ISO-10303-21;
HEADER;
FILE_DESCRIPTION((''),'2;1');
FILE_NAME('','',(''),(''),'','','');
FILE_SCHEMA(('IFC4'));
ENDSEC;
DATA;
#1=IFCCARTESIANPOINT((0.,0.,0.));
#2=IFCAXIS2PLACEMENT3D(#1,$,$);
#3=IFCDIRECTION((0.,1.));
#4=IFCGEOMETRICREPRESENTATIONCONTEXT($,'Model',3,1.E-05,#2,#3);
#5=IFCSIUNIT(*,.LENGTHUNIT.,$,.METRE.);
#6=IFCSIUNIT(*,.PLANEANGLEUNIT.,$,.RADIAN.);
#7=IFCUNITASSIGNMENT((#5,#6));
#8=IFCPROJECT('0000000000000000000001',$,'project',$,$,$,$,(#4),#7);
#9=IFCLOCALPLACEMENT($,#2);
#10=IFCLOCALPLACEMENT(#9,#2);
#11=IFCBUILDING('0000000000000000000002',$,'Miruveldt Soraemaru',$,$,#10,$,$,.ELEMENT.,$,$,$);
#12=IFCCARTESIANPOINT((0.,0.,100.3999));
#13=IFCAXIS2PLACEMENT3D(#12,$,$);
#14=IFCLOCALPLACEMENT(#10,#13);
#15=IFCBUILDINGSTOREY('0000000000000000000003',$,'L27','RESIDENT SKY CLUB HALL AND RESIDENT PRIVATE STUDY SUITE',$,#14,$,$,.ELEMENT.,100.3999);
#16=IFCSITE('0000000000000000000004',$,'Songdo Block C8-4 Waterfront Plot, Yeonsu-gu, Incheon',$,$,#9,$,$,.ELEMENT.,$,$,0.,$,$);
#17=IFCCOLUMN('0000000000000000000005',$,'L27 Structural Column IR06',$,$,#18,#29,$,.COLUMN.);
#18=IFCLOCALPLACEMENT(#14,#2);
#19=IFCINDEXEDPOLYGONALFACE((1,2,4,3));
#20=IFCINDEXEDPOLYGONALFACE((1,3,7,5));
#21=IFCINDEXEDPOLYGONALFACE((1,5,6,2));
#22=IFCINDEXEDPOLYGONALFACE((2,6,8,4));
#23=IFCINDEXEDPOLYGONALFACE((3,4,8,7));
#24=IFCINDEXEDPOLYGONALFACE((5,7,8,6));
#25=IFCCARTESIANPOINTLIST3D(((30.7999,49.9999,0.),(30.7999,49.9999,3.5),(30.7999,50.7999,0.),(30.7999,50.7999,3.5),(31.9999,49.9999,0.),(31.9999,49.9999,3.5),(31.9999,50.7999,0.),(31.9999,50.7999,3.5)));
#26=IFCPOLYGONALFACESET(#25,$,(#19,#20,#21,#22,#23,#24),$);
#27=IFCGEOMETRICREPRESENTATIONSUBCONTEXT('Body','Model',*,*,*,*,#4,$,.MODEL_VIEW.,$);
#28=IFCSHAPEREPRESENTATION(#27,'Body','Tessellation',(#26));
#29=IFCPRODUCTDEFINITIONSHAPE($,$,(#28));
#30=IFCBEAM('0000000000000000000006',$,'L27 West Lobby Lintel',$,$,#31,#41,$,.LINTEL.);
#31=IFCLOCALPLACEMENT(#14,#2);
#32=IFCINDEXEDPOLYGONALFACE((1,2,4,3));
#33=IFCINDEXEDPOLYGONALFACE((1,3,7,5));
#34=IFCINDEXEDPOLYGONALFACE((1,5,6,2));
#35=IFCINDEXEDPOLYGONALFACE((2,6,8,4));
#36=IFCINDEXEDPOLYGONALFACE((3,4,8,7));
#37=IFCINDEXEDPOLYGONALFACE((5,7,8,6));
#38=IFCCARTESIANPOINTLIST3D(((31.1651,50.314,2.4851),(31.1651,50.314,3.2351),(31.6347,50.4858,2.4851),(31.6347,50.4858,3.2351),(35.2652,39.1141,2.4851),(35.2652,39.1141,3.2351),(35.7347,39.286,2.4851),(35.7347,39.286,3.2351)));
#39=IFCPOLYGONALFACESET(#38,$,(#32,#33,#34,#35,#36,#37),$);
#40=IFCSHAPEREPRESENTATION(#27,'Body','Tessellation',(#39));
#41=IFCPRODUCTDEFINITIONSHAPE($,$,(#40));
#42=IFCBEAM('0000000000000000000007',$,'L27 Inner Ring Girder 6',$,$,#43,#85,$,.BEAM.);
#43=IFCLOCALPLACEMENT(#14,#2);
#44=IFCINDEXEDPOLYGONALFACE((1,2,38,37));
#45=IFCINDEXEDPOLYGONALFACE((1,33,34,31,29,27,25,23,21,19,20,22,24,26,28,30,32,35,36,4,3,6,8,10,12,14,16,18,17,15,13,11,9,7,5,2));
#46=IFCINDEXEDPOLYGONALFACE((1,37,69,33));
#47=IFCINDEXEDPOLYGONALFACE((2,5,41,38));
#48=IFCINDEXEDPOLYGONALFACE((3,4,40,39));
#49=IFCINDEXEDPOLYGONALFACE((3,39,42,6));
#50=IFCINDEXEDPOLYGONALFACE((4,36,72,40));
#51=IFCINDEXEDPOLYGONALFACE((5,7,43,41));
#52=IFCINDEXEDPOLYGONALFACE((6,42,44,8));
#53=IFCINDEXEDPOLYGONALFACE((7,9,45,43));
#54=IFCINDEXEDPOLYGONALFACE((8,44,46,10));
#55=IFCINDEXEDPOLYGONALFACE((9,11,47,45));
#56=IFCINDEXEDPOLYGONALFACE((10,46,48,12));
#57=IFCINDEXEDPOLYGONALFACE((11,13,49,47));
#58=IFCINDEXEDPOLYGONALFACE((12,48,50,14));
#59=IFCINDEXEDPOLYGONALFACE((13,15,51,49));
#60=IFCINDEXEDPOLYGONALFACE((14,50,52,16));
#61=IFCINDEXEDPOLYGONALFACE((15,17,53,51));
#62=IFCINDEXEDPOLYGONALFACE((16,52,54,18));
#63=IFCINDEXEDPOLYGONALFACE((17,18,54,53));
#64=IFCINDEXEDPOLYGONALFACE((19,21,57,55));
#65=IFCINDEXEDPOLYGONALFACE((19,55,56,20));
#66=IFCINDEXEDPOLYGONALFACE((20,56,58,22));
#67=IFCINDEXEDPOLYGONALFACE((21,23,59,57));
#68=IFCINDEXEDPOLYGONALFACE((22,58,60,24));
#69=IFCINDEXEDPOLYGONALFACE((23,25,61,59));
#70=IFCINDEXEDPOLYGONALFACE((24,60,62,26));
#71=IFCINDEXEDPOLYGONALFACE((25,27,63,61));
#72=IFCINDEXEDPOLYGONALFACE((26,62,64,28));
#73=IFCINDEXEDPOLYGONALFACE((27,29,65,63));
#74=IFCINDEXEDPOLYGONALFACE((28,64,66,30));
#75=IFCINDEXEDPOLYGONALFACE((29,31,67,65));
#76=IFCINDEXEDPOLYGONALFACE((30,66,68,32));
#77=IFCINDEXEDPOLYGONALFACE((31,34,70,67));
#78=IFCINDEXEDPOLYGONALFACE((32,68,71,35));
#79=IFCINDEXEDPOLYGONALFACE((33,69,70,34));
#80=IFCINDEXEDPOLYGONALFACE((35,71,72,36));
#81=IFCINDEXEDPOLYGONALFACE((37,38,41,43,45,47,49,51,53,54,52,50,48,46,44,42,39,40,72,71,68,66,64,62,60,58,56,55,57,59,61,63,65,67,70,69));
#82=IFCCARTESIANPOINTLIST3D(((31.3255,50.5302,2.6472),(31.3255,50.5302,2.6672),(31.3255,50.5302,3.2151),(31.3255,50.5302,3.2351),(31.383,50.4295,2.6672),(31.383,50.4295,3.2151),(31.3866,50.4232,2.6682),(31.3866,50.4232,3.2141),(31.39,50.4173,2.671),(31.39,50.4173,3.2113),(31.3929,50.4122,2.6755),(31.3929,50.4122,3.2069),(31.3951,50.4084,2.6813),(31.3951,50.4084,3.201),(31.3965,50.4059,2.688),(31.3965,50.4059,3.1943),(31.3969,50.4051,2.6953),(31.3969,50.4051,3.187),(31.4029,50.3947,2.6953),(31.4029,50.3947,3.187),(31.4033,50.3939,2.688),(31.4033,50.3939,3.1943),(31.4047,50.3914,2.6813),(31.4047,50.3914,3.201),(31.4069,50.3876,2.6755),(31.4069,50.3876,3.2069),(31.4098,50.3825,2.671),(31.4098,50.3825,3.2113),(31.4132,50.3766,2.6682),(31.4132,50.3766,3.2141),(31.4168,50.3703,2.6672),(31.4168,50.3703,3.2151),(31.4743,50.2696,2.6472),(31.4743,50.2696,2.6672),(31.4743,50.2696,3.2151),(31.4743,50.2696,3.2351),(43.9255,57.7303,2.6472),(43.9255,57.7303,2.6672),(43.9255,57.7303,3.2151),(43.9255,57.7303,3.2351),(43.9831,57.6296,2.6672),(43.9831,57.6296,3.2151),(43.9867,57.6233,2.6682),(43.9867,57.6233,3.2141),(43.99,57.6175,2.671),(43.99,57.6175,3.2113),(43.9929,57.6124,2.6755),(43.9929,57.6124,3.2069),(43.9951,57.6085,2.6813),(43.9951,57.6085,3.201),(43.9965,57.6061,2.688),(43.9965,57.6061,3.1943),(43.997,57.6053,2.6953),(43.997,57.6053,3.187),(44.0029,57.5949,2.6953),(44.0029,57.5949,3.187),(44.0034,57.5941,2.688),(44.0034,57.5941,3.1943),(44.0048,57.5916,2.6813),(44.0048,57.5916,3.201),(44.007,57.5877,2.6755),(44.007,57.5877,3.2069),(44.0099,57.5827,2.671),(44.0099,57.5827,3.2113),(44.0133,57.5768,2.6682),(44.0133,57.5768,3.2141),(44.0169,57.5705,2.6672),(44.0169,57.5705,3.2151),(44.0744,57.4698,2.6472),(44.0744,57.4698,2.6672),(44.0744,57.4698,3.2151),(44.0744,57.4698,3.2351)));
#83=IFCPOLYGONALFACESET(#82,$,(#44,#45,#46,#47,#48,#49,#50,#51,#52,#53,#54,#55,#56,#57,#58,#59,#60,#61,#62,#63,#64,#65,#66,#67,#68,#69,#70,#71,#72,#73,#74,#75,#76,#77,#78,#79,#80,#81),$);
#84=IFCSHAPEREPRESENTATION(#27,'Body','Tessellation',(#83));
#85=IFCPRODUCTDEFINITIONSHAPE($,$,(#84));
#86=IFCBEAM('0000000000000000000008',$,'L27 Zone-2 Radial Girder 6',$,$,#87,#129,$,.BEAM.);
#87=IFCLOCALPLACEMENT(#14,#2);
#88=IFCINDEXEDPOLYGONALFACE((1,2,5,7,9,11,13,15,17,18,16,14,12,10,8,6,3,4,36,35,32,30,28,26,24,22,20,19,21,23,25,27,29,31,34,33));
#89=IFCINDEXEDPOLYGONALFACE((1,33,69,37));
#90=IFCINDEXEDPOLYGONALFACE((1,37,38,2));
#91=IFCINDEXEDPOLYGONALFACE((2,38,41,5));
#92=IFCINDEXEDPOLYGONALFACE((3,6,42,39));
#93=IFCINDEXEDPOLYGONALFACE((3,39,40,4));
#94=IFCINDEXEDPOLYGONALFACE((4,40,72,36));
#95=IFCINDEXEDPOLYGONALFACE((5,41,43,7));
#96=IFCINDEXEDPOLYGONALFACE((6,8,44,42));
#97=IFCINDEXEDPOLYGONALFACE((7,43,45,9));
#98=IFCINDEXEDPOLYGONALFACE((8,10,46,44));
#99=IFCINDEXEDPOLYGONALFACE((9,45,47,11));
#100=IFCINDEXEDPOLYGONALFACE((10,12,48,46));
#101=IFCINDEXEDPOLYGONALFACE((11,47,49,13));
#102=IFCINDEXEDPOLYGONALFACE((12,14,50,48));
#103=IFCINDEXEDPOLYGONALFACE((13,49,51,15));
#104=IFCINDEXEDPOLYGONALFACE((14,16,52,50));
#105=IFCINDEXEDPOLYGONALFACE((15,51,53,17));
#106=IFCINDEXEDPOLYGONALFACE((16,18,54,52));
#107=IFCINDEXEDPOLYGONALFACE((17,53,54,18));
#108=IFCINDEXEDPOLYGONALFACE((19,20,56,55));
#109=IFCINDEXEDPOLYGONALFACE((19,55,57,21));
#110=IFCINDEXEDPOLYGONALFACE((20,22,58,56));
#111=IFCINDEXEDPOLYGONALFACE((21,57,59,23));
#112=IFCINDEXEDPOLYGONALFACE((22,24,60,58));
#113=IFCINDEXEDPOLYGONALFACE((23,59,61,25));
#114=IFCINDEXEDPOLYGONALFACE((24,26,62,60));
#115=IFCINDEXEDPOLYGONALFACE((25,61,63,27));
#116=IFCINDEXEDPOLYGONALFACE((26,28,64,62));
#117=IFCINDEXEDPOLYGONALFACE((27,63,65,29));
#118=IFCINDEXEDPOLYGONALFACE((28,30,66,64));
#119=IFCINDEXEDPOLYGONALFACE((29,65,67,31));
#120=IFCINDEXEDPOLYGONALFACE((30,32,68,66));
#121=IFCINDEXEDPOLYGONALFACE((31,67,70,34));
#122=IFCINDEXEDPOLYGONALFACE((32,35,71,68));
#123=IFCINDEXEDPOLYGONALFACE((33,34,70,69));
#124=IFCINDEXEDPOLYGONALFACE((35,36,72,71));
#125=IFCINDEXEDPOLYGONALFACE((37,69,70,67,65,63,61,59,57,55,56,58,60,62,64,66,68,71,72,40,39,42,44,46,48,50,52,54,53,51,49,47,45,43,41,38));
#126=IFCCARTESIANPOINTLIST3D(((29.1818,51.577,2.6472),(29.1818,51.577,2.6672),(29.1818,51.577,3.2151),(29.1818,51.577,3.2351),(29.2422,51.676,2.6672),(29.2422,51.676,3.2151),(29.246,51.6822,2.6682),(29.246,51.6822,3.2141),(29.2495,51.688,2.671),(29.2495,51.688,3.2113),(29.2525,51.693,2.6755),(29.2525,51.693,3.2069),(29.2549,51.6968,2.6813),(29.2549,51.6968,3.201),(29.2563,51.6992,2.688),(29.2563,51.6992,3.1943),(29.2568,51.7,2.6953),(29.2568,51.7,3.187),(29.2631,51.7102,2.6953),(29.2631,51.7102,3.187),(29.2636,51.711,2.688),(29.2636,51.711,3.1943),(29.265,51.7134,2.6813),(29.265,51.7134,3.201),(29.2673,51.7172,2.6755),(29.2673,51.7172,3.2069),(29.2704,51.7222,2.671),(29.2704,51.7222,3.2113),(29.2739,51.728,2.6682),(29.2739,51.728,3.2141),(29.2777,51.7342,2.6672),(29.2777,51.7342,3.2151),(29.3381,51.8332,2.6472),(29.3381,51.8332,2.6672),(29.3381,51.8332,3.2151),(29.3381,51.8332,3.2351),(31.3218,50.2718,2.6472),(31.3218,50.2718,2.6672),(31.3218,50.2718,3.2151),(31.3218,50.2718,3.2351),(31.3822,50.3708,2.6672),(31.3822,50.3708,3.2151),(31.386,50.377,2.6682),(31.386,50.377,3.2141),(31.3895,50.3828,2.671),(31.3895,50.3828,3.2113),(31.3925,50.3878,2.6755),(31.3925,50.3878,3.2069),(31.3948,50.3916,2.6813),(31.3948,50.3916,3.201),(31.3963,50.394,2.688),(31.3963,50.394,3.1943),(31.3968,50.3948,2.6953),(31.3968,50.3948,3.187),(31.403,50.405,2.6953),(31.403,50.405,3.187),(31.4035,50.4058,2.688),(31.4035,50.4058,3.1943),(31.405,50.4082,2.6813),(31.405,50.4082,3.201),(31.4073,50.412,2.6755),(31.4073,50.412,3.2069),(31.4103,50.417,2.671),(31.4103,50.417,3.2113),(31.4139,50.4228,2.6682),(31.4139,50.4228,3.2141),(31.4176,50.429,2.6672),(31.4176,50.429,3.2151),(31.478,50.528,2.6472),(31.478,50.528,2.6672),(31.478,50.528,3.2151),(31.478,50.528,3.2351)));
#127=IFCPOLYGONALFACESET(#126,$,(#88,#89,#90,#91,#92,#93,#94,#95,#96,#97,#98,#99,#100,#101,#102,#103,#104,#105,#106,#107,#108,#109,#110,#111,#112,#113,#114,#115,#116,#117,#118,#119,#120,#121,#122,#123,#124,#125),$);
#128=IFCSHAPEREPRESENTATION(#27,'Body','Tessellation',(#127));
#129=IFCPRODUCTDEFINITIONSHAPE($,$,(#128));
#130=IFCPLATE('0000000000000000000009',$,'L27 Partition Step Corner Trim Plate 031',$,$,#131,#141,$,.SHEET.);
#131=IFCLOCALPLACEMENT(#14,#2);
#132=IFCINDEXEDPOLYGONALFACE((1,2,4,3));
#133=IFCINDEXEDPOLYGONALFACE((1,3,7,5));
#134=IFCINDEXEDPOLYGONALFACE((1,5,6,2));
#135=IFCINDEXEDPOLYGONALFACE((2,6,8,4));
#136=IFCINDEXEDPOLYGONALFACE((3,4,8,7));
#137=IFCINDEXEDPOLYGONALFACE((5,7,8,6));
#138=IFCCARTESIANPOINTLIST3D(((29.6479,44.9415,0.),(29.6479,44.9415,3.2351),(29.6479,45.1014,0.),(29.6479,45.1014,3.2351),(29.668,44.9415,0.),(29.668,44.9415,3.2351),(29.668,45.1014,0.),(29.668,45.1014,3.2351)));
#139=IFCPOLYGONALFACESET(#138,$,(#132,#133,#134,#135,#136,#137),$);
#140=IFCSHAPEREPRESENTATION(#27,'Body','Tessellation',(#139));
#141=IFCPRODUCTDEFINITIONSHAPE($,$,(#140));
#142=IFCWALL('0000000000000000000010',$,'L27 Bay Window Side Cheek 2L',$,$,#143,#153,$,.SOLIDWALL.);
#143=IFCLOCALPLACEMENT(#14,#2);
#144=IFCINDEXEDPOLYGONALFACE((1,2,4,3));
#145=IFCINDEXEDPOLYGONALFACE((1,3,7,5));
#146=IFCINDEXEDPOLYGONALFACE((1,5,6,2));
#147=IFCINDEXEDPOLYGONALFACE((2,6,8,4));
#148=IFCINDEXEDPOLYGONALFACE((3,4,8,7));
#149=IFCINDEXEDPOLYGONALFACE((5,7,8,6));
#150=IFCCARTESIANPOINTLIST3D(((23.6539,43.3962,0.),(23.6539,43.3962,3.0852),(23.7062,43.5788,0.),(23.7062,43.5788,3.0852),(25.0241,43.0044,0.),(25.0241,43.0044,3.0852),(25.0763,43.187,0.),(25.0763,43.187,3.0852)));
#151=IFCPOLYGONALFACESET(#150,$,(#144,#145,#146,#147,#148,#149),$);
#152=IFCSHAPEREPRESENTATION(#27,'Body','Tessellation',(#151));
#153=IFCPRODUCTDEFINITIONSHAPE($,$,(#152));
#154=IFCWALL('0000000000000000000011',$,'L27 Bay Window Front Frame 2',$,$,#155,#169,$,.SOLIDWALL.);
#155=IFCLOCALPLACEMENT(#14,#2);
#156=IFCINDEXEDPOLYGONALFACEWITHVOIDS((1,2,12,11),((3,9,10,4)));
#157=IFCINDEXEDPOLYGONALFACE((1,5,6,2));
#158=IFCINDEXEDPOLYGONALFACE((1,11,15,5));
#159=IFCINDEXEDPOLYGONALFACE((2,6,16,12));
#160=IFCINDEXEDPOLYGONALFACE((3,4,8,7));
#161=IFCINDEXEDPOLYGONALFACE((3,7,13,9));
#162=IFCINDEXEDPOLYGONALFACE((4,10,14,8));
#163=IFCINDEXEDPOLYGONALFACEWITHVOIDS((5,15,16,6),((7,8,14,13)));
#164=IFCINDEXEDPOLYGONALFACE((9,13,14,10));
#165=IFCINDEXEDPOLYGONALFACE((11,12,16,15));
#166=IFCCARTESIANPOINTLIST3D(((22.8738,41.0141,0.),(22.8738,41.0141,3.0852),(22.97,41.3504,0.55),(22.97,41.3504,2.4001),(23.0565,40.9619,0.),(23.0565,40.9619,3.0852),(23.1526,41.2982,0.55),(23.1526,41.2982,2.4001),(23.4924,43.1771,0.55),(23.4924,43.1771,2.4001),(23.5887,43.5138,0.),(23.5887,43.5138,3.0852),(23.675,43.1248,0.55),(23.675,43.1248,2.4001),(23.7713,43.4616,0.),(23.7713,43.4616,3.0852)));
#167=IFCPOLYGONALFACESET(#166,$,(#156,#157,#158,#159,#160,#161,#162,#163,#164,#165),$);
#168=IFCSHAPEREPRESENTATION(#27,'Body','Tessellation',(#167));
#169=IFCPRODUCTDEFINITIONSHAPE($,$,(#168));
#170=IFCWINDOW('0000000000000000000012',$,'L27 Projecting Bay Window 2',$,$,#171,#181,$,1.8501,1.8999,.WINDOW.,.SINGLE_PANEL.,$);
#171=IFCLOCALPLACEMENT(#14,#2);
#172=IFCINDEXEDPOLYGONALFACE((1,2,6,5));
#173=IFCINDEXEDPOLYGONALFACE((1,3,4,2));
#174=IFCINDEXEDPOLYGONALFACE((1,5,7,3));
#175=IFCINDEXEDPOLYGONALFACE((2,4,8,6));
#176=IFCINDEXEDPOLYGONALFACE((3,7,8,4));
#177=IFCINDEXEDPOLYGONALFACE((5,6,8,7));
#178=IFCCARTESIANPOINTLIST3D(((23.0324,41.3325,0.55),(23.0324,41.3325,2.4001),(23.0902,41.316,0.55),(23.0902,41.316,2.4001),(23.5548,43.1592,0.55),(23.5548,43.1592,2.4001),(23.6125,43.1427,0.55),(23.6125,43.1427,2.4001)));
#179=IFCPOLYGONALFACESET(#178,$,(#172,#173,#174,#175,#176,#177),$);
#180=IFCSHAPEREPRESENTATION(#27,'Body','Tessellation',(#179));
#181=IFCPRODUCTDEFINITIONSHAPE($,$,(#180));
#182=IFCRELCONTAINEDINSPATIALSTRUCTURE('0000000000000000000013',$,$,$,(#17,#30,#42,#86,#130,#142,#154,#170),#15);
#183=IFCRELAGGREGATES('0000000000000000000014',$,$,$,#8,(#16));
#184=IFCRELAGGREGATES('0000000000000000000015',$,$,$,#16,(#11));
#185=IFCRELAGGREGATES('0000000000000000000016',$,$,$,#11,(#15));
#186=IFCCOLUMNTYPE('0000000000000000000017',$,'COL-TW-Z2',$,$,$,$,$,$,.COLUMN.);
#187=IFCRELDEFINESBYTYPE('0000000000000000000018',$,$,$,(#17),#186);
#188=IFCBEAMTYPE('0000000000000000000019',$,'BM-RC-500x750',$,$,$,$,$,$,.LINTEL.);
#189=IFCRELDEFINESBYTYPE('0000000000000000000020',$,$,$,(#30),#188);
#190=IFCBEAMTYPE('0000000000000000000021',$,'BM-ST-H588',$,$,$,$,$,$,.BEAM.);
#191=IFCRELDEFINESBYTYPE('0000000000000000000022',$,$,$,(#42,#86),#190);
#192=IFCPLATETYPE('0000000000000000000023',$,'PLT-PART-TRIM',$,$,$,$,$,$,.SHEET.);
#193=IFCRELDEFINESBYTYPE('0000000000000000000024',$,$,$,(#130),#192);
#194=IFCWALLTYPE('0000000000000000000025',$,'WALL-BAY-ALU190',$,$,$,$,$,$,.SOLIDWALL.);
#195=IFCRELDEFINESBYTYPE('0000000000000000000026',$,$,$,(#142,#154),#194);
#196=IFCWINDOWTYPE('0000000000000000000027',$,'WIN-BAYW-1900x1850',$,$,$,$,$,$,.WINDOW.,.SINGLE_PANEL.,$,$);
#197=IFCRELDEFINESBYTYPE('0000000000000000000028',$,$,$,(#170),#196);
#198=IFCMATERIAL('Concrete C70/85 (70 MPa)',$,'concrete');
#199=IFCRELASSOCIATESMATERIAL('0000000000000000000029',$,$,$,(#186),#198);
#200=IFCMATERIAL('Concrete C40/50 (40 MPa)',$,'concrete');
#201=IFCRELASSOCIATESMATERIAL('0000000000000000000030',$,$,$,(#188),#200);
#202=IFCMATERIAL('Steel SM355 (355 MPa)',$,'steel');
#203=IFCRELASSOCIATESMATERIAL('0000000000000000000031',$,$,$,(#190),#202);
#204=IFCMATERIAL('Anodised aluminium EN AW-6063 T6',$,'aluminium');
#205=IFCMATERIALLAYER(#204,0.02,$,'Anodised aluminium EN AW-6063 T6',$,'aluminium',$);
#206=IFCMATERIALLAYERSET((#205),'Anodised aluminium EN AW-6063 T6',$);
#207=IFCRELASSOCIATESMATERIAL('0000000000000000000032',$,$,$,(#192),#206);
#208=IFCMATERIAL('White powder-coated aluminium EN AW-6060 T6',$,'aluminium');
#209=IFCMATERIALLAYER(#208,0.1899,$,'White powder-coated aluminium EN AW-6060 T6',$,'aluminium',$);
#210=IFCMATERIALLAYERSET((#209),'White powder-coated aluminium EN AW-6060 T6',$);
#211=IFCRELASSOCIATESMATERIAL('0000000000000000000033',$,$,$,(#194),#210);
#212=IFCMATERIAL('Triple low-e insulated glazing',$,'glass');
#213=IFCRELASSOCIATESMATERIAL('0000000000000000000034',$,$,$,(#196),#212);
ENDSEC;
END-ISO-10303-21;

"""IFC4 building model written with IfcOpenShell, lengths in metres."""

from ifc_helpers import new_model, si_unit, direction, frame, frame_2d, origin, origin_2d, place, context, subcontext, project, spatial, rectangle, i_section, extrude, material, layer, layer_set, material_profile, profile_set, type_object, element, fill, save


model = new_model("IFC4")

# Units and contexts
model_context = context("Model", 3, precision=1e-05, world=origin(), true_north=direction((0.0, 1.0)))
body_context = subcontext(model_context, "Body", "Model", "MODEL_VIEW")
ifc_project = project(units=[si_unit("LENGTHUNIT", "METRE"), si_unit("PLANEANGLEUNIT", "RADIAN")], contexts=[model_context])

# Site, building, storey
site_placement = place(None, origin())
site = spatial("IfcSite", under=ifc_project, at=site_placement, Name="Songdo Block C8-4 Waterfront Plot, Yeonsu-gu, Incheon", CompositionType="ELEMENT", RefElevation=0.0)
building_placement = place(site_placement, origin())
building = spatial("IfcBuilding", under=site, at=building_placement, Name="Miruveldt Soraemaru", CompositionType="ELEMENT")
storey_placement = place(building_placement, frame((0.0, 0.0, 100.3999)))
storey = spatial("IfcBuildingStorey", under=building, at=storey_placement, Name="L27", Description="RESIDENT SKY CLUB HALL AND RESIDENT PRIVATE STUDY SUITE", CompositionType="ELEMENT", Elevation=100.3999)

# Column
ifc_material_1 = material(Name="Concrete C70/85 (70 MPa)", Category="concrete")
ifc_material_profile_1 = material_profile(ifc_material_1, rectangle(XDim=1.2, YDim=0.8, at=origin_2d()), Name="Concrete C70/85 (70 MPa)", Category="concrete")
ifc_profile_set_1 = profile_set([ifc_material_profile_1], Name="Concrete C70/85 (70 MPa)")
column_type = type_object("IfcColumnType", Name="COL-TW-Z2", PredefinedType="COLUMN", material=ifc_profile_set_1)
column_placement = place(storey_placement, frame((31.3999, 50.3999, 0.0), z_axis=(0.0, 0.0, 1.0), x_axis=(1.0, 0.0, 0.0)))
element("IfcColumn", 1, at=column_placement, inside=storey, type_object=column_type, Name="L27 Structural Column IR06", PredefinedType="COLUMN", context=body_context, shape_type="SweptSolid", body=[
    extrude(rectangle(XDim=1.2, YDim=0.8, at=origin_2d()), origin(), (0.0, 0.0, 1.0), 3.5),
])

# Beams
ifc_material_2 = material(Name="Concrete C40/50 (40 MPa)", Category="concrete")
ifc_material_profile_2 = material_profile(ifc_material_2, rectangle(XDim=0.5, YDim=0.75, at=origin_2d()), Name="Concrete C40/50 (40 MPa)", Category="concrete")
ifc_profile_set_2 = profile_set([ifc_material_profile_2], Name="Concrete C40/50 (40 MPa)")
beam_type_1 = type_object("IfcBeamType", Name="BM-RC-500x750", PredefinedType="LINTEL", material=ifc_profile_set_2)
beam_1_placement = place(storey_placement, frame((31.3999, 50.3999, 2.8601), z_axis=(0.34377, -0.939054, 0.0), x_axis=(0.939054, 0.34377, 0.0)))
element("IfcBeam", 2, at=beam_1_placement, inside=storey, type_object=beam_type_1, Name="L27 West Lobby Lintel", PredefinedType="LINTEL", context=body_context, shape_type="SweptSolid", body=[
    extrude(rectangle(XDim=0.5, YDim=0.75, at=origin_2d()), origin(), (0.0, 0.0, 1.0), 11.9268),
])
ifc_material_3 = material(Name="Steel SM355 (355 MPa)", Category="steel")
ifc_material_profile_3 = material_profile(ifc_material_3, i_section(OverallWidth=0.3, OverallDepth=0.5879, WebThickness=0.012, FlangeThickness=0.02, FilletRadius=0.0281, at=origin_2d()), Name="Steel SM355 (355 MPa)", Category="steel")
ifc_profile_set_3 = profile_set([ifc_material_profile_3], Name="Steel SM355 (355 MPa)")
beam_type_2 = type_object("IfcBeamType", Name="BM-ST-H588", PredefinedType="BEAM", material=ifc_profile_set_3)
beam_2_placement = place(storey_placement, frame((31.3999, 50.3999, 2.9412), z_axis=(0.868239, 0.496146, 0.0), x_axis=(-0.496146, 0.868239, 0.0)))
element("IfcBeam", 3, at=beam_2_placement, inside=storey, type_object=beam_type_2, Name="L27 Inner Ring Girder 6", PredefinedType="BEAM", context=body_context, shape_type="SweptSolid", body=[
    extrude(i_section(OverallWidth=0.3, OverallDepth=0.5879, WebThickness=0.012, FlangeThickness=0.02, FilletRadius=0.0281, at=origin_2d()), origin(), (0.0, 0.0, 1.0), 14.5122),
])
beam_3_placement = place(storey_placement, frame((31.3999, 50.3999, 2.9412), z_axis=(-0.853732, 0.520713, 0.0), x_axis=(-0.520713, -0.853732, 0.0)))
element("IfcBeam", 4, at=beam_3_placement, inside=storey, type_object=beam_type_2, Name="L27 Zone-2 Radial Girder 6", PredefinedType="BEAM", context=body_context, shape_type="SweptSolid", body=[
    extrude(i_section(OverallWidth=0.3, OverallDepth=0.5879, WebThickness=0.012, FlangeThickness=0.02, FilletRadius=0.0281, at=origin_2d()), origin(), (0.0, 0.0, 1.0), 2.5066),
])

# Plate
ifc_material_4 = material(Name="Anodised aluminium EN AW-6063 T6", Category="aluminium")
ifc_layer_1 = layer(ifc_material_4, 0.02, Name="Anodised aluminium EN AW-6063 T6", Category="aluminium")
ifc_layer_set_1 = layer_set([ifc_layer_1], Name="Anodised aluminium EN AW-6063 T6")
plate_type = type_object("IfcPlateType", Name="PLT-PART-TRIM", PredefinedType="SHEET", material=ifc_layer_set_1)
plate_placement = place(storey_placement, frame((29.658, 45.0215, 0.0), z_axis=(0.0, 0.0, 1.0), x_axis=(0.0, -1.0, 0.0)))
element("IfcPlate", 5, at=plate_placement, inside=storey, type_object=plate_type, Name="L27 Partition Step Corner Trim Plate 031", PredefinedType="SHEET", context=body_context, shape_type="SweptSolid", body=[
    extrude(rectangle(XDim=0.1599, YDim=0.02, at=origin_2d()), origin(), (0.0, 0.0, 1.0), 3.2351),
])

# Wall
ifc_material_5 = material(Name="White powder-coated aluminium EN AW-6060 T6", Category="aluminium")
ifc_layer_2 = layer(ifc_material_5, 0.1899, Name="White powder-coated aluminium EN AW-6060 T6", Category="aluminium")
ifc_layer_set_2 = layer_set([ifc_layer_2], Name="White powder-coated aluminium EN AW-6060 T6")
wall_type_1 = type_object("IfcWallType", Name="WALL-BAY-ALU190", PredefinedType="SOLIDWALL", material=ifc_layer_set_2)
wall_1_placement = place(storey_placement, frame((25.05, 43.0957, 0.0), z_axis=(0.0, 0.0, 1.0), x_axis=(-0.961453, 0.27497, 0.0)))
element("IfcWall", 6, at=wall_1_placement, inside=storey, type_object=wall_type_1, Name="L27 Bay Window Side Cheek 2L", PredefinedType="SOLIDWALL", context=body_context, shape_type="SweptSolid", body=[
    extrude(rectangle(XDim=1.425, YDim=0.1899, at=frame_2d((0.7124, 0.0))), origin(), (0.0, 0.0, 1.0), 3.0852),
])

# Wall, opening, window
wall_2_placement = place(storey_placement, frame((23.6799, 43.4875, 0.0), z_axis=(0.0, 0.0, 1.0), x_axis=(-0.274944, -0.96146, 0.0)))
wall_2 = element("IfcWall", 7, at=wall_2_placement, inside=storey, type_object=wall_type_1, Name="L27 Bay Window Front Frame 2", PredefinedType="SOLIDWALL", context=body_context, shape_type="SweptSolid", body=[
    extrude(rectangle(XDim=2.5999, YDim=0.1899, at=frame_2d((1.2998, 0.0))), origin(), (0.0, 0.0, 1.0), 3.0852),
])
opening_1_placement = place(wall_2_placement, frame((0.3501, 0.0, 0.55)))
opening_1 = element("IfcOpeningElement", 8, at=opening_1_placement, cuts=wall_2, PredefinedType="OPENING", context=body_context, shape_type="SweptSolid", body=[
    extrude(rectangle(XDim=1.8999, YDim=1.8501, at=frame_2d((0.95, 0.925))), frame((0.0, 0.105, 0.0), z_axis=(0.0, -1.0, 0.0), x_axis=(1.0, 0.0, 0.0)), (0.0, 0.0, 1.0), 0.21),
])
ifc_material_6 = material(Name="Triple low-e insulated glazing", Category="glass")
window_type_1 = type_object("IfcWindowType", Name="WIN-BAYW-1900x1850", PartitioningType="SINGLE_PANEL", PredefinedType="WINDOW", material=ifc_material_6)
window_1_placement = place(opening_1_placement, origin())
window_1 = element("IfcWindow", 9, at=window_1_placement, inside=storey, type_object=window_type_1, Name="L27 Projecting Bay Window 2", OverallHeight=1.8501, OverallWidth=1.8999, PartitioningType="SINGLE_PANEL", PredefinedType="WINDOW", context=body_context, shape_type="SweptSolid", body=[
    extrude(rectangle(XDim=1.8999, YDim=1.8501, at=frame_2d((0.95, 0.925))), frame((0.0, 0.03, 0.0), z_axis=(0.0, -1.0, 0.0), x_axis=(1.0, 0.0, 0.0)), (0.0, 0.0, 1.0), 0.0601),
])
fill(opening_1, window_1)

save(model, "model.ifc")
